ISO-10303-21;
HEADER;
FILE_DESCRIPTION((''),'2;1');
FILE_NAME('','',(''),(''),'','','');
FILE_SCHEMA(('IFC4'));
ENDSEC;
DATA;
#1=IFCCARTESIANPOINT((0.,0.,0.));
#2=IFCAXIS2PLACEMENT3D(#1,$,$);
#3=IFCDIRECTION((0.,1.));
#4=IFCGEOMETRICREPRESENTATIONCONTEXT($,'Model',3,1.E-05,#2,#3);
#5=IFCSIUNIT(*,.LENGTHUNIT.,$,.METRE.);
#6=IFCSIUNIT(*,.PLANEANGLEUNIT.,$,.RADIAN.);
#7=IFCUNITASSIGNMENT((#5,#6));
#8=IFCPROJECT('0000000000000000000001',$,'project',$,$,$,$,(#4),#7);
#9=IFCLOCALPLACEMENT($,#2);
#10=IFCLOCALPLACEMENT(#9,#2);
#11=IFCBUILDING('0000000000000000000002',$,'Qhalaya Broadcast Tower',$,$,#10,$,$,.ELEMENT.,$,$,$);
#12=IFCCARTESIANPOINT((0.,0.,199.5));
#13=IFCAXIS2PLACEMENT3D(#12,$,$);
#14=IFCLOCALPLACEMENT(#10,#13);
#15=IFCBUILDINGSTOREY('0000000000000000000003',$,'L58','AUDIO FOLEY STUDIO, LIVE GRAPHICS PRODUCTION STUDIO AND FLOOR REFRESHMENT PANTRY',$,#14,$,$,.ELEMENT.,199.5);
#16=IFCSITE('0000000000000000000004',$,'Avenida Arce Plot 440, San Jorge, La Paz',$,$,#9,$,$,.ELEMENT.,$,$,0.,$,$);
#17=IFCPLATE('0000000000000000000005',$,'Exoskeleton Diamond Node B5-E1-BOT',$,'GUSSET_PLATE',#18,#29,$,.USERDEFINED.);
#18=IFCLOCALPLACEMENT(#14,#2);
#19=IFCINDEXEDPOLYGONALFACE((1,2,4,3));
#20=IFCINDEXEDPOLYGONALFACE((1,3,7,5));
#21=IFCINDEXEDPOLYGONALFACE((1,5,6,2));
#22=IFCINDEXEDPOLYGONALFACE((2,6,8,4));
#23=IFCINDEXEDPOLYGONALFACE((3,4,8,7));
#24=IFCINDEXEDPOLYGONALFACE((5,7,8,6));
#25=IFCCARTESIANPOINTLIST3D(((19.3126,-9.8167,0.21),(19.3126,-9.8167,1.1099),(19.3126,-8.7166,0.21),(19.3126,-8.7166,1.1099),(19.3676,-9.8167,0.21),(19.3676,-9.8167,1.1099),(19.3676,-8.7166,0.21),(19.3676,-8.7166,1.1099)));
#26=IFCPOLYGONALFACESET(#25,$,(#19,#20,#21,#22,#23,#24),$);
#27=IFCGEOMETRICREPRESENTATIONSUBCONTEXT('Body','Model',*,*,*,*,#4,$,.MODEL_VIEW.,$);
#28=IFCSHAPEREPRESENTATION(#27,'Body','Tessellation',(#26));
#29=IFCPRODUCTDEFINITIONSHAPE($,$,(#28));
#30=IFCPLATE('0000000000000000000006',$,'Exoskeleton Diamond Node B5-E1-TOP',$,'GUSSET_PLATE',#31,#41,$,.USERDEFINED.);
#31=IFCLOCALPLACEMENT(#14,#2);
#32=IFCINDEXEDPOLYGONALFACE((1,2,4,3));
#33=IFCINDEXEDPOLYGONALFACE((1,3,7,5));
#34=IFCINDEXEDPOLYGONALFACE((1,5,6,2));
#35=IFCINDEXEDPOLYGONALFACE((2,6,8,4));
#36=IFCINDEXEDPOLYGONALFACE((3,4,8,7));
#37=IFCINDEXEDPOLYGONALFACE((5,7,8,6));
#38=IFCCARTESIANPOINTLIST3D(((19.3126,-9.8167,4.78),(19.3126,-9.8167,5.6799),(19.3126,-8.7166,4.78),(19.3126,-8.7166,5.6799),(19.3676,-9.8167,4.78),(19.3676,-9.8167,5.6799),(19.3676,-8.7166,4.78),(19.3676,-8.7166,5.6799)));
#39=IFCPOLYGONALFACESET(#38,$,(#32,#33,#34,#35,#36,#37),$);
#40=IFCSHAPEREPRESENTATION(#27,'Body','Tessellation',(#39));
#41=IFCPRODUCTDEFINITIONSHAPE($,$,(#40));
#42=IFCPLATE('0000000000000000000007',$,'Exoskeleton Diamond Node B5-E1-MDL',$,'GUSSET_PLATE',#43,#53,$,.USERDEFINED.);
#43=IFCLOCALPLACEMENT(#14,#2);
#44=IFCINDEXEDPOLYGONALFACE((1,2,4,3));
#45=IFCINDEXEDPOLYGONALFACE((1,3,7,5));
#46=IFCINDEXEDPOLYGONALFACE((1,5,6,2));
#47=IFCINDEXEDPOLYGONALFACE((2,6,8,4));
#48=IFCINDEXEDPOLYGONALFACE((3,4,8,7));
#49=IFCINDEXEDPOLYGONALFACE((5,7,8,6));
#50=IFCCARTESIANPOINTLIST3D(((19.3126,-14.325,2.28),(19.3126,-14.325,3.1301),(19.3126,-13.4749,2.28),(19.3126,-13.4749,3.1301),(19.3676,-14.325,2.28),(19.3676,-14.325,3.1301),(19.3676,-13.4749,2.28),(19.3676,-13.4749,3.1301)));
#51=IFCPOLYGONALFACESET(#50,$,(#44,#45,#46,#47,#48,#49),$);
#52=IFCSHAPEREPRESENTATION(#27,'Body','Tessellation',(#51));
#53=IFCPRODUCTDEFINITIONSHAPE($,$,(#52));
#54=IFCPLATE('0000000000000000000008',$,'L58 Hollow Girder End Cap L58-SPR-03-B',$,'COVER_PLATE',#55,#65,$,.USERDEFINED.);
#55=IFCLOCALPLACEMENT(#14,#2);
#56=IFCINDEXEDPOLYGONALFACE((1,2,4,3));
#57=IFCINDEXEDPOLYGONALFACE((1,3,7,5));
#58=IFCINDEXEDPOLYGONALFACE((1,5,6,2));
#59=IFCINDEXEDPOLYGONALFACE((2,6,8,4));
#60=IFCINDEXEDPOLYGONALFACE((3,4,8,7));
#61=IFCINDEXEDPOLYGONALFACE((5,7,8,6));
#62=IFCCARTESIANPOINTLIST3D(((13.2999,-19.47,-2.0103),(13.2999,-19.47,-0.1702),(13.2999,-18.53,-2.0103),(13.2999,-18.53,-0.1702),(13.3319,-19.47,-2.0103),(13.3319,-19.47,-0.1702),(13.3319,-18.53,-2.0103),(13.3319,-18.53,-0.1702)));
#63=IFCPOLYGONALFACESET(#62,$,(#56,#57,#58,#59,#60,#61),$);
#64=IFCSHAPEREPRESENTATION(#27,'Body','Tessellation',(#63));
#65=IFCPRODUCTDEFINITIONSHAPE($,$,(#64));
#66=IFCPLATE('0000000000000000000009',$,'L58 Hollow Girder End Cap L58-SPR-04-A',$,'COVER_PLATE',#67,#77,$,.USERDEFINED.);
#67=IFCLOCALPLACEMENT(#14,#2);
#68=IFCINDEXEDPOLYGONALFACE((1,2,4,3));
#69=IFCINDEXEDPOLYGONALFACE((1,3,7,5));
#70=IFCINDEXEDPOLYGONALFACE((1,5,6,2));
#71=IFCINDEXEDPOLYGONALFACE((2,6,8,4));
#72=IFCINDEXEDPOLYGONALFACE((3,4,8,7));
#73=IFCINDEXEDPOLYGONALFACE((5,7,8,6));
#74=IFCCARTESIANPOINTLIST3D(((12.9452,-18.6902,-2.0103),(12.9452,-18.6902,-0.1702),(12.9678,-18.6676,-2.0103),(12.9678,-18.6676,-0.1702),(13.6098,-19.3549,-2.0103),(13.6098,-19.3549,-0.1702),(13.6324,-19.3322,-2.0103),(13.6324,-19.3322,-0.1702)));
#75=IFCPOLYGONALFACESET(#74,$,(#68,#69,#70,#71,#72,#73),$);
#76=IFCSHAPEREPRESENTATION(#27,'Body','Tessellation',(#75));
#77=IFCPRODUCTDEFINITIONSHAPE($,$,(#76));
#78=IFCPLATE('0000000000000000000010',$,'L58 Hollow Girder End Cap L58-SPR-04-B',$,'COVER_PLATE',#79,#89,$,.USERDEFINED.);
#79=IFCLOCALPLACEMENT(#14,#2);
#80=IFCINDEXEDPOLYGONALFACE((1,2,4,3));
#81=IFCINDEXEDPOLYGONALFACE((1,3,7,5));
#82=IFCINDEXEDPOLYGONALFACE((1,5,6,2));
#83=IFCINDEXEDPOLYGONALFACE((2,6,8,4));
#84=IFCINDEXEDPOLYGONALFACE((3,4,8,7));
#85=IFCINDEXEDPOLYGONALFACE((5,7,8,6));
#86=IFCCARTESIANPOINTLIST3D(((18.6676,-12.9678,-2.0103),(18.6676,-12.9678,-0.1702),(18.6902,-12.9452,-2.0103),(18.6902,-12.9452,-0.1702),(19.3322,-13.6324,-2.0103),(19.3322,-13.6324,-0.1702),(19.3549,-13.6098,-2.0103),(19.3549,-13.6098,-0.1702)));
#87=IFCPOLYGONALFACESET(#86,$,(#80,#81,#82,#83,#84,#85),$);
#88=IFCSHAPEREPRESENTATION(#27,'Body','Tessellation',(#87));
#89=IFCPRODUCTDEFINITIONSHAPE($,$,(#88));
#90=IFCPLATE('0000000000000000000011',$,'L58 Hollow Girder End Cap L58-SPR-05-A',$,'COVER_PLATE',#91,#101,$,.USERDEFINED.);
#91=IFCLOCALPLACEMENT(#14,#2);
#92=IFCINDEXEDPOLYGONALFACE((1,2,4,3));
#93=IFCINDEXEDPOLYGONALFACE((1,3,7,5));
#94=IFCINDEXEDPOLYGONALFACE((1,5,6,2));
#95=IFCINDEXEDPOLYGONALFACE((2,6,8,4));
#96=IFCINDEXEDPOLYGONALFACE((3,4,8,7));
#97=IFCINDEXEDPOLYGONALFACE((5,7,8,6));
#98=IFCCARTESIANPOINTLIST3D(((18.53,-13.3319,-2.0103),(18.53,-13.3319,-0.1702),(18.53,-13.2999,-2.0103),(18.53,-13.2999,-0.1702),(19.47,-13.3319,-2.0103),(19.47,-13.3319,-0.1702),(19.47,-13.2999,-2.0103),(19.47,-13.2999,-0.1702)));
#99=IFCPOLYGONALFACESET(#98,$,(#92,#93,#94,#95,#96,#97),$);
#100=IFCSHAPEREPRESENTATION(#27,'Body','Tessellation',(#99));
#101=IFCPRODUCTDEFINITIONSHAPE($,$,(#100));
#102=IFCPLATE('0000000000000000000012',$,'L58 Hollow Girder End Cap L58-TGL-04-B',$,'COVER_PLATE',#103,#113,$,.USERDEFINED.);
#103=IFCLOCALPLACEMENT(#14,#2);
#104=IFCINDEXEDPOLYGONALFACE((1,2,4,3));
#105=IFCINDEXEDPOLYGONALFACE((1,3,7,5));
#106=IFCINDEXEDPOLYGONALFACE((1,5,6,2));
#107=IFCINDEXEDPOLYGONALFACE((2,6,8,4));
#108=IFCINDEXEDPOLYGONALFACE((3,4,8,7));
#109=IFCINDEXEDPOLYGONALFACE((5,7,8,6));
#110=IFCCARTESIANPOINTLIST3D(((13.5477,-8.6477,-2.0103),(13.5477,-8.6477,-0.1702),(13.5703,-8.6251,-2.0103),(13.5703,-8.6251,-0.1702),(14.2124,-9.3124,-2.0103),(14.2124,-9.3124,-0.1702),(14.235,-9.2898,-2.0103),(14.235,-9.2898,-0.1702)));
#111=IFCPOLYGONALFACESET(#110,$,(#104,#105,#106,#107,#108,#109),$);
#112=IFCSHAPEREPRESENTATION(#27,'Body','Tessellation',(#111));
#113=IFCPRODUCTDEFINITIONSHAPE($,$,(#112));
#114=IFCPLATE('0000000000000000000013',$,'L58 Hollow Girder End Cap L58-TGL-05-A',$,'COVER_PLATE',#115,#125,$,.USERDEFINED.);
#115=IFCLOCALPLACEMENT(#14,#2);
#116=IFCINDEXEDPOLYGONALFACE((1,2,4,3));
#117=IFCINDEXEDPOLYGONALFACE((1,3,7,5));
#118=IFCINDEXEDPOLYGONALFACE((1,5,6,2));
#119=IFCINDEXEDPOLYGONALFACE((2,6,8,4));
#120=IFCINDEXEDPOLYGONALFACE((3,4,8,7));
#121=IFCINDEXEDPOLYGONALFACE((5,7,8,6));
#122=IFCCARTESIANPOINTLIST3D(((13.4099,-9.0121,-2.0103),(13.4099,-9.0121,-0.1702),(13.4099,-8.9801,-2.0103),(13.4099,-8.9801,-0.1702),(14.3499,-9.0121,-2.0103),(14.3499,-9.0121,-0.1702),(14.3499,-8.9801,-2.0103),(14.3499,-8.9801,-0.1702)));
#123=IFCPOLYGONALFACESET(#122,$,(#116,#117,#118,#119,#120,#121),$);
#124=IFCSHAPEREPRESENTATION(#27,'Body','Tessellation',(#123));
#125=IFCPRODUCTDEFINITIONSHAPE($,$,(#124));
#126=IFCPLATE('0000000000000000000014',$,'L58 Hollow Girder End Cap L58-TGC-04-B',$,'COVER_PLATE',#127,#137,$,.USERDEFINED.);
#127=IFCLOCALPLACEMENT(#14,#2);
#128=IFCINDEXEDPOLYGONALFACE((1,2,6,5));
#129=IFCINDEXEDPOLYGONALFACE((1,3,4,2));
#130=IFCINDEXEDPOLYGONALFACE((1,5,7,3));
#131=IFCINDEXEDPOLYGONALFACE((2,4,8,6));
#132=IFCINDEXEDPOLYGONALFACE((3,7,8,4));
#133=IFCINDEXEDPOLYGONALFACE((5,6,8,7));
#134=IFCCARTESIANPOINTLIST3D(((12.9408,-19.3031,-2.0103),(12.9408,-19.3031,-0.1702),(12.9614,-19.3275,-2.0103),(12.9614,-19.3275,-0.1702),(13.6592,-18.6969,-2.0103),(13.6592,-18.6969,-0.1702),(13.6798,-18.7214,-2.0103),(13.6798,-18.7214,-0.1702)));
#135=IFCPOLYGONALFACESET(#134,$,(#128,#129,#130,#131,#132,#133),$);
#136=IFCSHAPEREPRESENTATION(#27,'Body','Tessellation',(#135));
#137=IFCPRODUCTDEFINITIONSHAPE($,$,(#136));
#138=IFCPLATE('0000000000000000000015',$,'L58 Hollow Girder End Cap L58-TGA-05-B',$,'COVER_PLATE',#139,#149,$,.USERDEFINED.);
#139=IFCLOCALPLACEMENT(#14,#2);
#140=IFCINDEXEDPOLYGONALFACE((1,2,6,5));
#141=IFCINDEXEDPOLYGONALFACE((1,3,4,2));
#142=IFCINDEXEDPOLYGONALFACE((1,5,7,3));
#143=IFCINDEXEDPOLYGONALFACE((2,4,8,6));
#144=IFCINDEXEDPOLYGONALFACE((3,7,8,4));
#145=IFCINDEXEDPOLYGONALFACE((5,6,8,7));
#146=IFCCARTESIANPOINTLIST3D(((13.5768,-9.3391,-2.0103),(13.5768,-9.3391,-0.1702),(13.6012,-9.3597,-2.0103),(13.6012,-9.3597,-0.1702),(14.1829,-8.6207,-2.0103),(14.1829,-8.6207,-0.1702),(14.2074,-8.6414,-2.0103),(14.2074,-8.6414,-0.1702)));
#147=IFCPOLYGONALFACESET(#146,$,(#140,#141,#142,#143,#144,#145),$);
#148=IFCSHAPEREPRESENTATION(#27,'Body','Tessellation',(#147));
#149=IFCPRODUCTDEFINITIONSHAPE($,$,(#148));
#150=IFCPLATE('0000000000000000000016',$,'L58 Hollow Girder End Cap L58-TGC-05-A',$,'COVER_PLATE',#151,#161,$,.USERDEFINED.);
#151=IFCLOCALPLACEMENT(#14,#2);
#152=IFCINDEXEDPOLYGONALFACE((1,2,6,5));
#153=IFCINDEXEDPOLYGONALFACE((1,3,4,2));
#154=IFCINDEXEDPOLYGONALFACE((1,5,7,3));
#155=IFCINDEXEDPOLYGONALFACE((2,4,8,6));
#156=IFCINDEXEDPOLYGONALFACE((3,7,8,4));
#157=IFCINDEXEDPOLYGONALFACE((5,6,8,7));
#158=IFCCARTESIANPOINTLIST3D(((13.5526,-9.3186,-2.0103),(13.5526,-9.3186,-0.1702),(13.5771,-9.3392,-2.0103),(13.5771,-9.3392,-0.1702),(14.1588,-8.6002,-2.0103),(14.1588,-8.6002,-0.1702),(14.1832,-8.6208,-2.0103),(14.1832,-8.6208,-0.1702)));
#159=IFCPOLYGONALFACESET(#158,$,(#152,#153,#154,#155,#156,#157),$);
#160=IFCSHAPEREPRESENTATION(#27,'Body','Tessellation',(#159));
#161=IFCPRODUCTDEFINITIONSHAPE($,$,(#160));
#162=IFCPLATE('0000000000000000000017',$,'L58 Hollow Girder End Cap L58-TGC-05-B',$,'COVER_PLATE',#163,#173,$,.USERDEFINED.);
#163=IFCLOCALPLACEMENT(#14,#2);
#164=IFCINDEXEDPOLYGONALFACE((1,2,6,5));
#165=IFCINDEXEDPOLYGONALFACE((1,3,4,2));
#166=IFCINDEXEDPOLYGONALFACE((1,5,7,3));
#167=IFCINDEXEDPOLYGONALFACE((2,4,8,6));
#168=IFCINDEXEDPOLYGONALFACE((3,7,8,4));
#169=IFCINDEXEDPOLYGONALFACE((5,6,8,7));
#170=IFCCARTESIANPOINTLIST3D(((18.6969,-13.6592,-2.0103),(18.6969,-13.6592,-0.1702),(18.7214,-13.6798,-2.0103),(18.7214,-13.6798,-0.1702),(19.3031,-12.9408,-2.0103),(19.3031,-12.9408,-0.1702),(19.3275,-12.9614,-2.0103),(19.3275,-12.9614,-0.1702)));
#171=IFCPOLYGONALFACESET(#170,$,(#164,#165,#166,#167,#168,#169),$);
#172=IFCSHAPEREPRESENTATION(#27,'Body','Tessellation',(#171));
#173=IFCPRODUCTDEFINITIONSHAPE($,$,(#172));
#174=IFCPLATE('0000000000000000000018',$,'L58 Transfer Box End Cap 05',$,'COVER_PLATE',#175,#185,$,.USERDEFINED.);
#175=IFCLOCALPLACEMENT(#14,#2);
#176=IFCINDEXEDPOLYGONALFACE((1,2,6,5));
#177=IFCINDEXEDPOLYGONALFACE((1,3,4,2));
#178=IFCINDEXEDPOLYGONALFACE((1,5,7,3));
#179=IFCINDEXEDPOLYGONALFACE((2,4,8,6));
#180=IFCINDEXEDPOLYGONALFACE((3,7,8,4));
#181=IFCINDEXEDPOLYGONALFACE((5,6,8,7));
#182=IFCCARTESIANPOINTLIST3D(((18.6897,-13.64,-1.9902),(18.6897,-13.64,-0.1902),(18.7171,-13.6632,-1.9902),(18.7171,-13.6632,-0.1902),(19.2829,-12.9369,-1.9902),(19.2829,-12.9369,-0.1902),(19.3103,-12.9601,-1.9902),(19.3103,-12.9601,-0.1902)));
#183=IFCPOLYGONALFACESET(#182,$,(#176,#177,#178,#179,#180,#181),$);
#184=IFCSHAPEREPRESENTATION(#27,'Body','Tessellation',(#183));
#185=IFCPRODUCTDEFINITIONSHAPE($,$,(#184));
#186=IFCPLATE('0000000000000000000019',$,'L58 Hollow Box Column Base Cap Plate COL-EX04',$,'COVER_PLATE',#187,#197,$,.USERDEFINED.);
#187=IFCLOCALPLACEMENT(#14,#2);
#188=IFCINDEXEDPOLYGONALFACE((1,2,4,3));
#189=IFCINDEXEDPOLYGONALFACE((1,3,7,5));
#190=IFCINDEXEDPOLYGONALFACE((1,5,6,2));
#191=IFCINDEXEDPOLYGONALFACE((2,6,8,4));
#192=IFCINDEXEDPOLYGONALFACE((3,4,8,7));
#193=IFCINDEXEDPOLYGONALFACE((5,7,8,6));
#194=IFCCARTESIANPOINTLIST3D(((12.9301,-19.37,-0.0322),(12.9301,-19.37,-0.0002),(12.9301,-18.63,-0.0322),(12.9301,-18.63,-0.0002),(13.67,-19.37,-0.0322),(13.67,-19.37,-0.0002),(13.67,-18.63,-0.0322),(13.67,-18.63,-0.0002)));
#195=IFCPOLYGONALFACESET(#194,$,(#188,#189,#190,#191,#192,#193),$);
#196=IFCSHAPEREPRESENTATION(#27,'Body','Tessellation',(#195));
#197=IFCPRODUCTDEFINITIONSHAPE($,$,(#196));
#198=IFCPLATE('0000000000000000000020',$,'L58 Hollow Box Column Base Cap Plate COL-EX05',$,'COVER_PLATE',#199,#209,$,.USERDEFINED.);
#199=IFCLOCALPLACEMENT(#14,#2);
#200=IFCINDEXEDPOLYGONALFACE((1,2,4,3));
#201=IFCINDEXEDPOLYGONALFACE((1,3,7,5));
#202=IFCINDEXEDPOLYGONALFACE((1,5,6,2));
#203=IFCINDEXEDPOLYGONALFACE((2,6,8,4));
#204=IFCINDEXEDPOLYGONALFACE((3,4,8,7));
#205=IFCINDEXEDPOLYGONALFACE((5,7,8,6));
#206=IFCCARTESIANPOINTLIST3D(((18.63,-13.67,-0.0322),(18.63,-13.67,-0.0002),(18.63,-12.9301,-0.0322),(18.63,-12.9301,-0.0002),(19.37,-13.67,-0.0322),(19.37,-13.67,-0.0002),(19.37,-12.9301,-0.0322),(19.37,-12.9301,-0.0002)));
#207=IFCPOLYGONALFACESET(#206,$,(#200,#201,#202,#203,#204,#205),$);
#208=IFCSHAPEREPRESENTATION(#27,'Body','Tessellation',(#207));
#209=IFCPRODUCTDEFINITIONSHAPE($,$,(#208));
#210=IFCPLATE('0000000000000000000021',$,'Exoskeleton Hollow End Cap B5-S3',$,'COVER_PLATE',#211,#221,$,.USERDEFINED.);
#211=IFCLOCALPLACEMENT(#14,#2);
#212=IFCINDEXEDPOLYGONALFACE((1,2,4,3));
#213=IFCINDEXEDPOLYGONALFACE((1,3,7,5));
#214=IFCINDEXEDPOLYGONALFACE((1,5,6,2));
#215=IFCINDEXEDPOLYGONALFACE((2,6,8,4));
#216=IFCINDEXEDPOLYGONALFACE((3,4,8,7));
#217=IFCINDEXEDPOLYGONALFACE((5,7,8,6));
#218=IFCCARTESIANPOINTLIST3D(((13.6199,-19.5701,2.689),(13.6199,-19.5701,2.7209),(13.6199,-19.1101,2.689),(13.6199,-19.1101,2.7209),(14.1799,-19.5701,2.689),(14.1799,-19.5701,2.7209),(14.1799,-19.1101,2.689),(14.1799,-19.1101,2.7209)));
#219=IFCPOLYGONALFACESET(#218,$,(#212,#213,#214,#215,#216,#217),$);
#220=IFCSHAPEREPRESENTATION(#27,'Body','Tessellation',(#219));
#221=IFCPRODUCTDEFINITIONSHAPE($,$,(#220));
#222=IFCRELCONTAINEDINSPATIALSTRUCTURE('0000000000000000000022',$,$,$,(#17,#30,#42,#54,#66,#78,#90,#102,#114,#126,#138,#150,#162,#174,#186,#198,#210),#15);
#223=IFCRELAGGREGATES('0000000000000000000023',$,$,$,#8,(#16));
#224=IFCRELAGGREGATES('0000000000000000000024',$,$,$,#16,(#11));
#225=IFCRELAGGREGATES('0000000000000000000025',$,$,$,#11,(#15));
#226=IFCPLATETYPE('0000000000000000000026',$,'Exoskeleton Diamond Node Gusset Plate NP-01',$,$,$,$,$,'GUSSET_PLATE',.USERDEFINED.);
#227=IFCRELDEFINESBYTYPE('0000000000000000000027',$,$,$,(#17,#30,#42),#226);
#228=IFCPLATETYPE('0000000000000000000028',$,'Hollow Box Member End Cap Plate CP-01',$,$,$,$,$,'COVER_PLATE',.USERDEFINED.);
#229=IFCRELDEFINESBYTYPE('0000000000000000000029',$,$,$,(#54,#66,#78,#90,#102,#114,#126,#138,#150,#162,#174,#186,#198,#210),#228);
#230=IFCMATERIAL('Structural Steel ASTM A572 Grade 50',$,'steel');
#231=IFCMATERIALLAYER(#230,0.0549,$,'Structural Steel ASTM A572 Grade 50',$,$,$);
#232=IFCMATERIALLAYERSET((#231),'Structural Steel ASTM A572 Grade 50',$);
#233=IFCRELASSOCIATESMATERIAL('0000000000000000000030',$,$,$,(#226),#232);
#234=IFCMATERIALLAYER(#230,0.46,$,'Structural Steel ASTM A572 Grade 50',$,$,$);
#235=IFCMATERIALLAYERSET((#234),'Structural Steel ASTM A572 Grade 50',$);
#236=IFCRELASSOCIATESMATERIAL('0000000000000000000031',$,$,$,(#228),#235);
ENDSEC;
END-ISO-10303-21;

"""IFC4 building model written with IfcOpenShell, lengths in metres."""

from ifc_helpers import new_model, si_unit, direction, frame, origin, origin_2d, place, context, subcontext, project, spatial, rectangle, extrude, material, layer, layer_set, type_object, element, save


model = new_model("IFC4")

# Units and contexts
model_context = context("Model", 3, precision=1e-05, world=origin(), true_north=direction((0.0, 1.0)))
body_context = subcontext(model_context, "Body", "Model", "MODEL_VIEW")
ifc_project = project(units=[si_unit("LENGTHUNIT", "METRE"), si_unit("PLANEANGLEUNIT", "RADIAN")], contexts=[model_context])

# Site, building, storey
site_placement = place(None, origin())
site = spatial("IfcSite", under=ifc_project, at=site_placement, Name="Avenida Arce Plot 440, San Jorge, La Paz", CompositionType="ELEMENT", RefElevation=0.0)
building_placement = place(site_placement, origin())
building = spatial("IfcBuilding", under=site, at=building_placement, Name="Qhalaya Broadcast Tower", CompositionType="ELEMENT")
storey_placement = place(building_placement, frame((0.0, 0.0, 199.5)))
storey = spatial("IfcBuildingStorey", under=building, at=storey_placement, Name="L58", Description="AUDIO FOLEY STUDIO, LIVE GRAPHICS PRODUCTION STUDIO AND FLOOR REFRESHMENT PANTRY", CompositionType="ELEMENT", Elevation=199.5)

# Shared definitions
ifc_material_1 = material(Name="Structural Steel ASTM A572 Grade 50", Category="steel")

# Plates
ifc_layer_1 = layer(ifc_material_1, 0.0549, Name="Structural Steel ASTM A572 Grade 50")
ifc_layer_set_1 = layer_set([ifc_layer_1], Name="Structural Steel ASTM A572 Grade 50")
plate_type_1 = type_object("IfcPlateType", Name="Exoskeleton Diamond Node Gusset Plate NP-01", ElementType="GUSSET_PLATE", PredefinedType="USERDEFINED", material=ifc_layer_set_1)
for number, where, z_axis, x_axis, name in (
    (1, (19.3401, -9.2666, 0.21), (0.0, 0.0, 1.0), (0.0, 1.0, 0.0), "Exoskeleton Diamond Node B5-E1-BOT"),
    (2, (19.3401, -9.2666, 4.78), (0.0, 0.0, 1.0), (0.0, 1.0, 0.0), "Exoskeleton Diamond Node B5-E1-TOP"),
):
    element("IfcPlate", number, at=place(storey_placement, frame(where, z_axis=z_axis, x_axis=x_axis)), inside=storey, type_object=plate_type_1, Name=name, ObjectType="GUSSET_PLATE", PredefinedType="USERDEFINED", context=body_context, shape_type="SweptSolid", body=[
        extrude(rectangle(XDim=1.1001, YDim=0.0549, at=origin_2d()), origin(), (0.0, 0.0, 1.0), 0.8999),
    ])
plate_1_placement = place(storey_placement, frame((19.3401, -13.8999, 2.28), z_axis=(0.0, 0.0, 1.0), x_axis=(0.0, 1.0, 0.0)))
element("IfcPlate", 3, at=plate_1_placement, inside=storey, type_object=plate_type_1, Name="Exoskeleton Diamond Node B5-E1-MDL", ObjectType="GUSSET_PLATE", PredefinedType="USERDEFINED", context=body_context, shape_type="SweptSolid", body=[
    extrude(rectangle(XDim=0.8501, YDim=0.0549, at=origin_2d()), origin(), (0.0, 0.0, 1.0), 0.8501),
])
ifc_layer_2 = layer(ifc_material_1, 0.46, Name="Structural Steel ASTM A572 Grade 50")
ifc_layer_set_2 = layer_set([ifc_layer_2], Name="Structural Steel ASTM A572 Grade 50")
plate_type_2 = type_object("IfcPlateType", Name="Hollow Box Member End Cap Plate CP-01", ElementType="COVER_PLATE", PredefinedType="USERDEFINED", material=ifc_layer_set_2)
for number, where, z_axis, x_axis, name in (
    (4, (13.3159, -19.0, -2.0103), (0.0, 0.0, 1.0), (0.0, 1.0, 0.0), "L58 Hollow Girder End Cap L58-SPR-03-B"),
    (5, (13.2888, -19.0112, -2.0103), (0.0, 0.0, 1.0), (-0.707107, 0.707107, 0.0), "L58 Hollow Girder End Cap L58-SPR-04-A"),
    (6, (19.0112, -13.2888, -2.0103), (0.0, 0.0, 1.0), (-0.707107, 0.707107, 0.0), "L58 Hollow Girder End Cap L58-SPR-04-B"),
    (7, (19.0, -13.3159, -2.0103), (0.0, 0.0, 1.0), (-1.0, 0.0, 0.0), "L58 Hollow Girder End Cap L58-SPR-05-A"),
    (8, (13.8914, -8.9688, -2.0103), (0.0, 0.0, 1.0), (-0.707107, 0.707107, 0.0), "L58 Hollow Girder End Cap L58-TGL-04-B"),
    (9, (13.8799, -8.9961, -2.0103), (0.0, 0.0, 1.0), (-1.0, 0.0, 0.0), "L58 Hollow Girder End Cap L58-TGL-05-A"),
    (10, (13.3103, -19.0122, -2.0103), (0.0, 0.0, 1.0), (0.764291, 0.644871, 0.0), "L58 Hollow Girder End Cap L58-TGC-04-B"),
    (11, (13.8921, -8.9902, -2.0103), (0.0, 0.0, 1.0), (0.644871, 0.764291, 0.0), "L58 Hollow Girder End Cap L58-TGA-05-B"),
    (12, (13.8679, -8.9697, -2.0103), (0.0, 0.0, 1.0), (0.644871, 0.764291, 0.0), "L58 Hollow Girder End Cap L58-TGC-05-A"),
    (13, (19.0122, -13.3103, -2.0103), (0.0, 0.0, 1.0), (0.644871, 0.764291, 0.0), "L58 Hollow Girder End Cap L58-TGC-05-B"),
):
    element("IfcPlate", number, at=place(storey_placement, frame(where, z_axis=z_axis, x_axis=x_axis)), inside=storey, type_object=plate_type_2, Name=name, ObjectType="COVER_PLATE", PredefinedType="USERDEFINED", context=body_context, shape_type="SweptSolid", body=[
        extrude(rectangle(XDim=0.9399, YDim=0.032, at=origin_2d()), origin(), (0.0, 0.0, 1.0), 1.8401),
    ])
plate_2_placement = place(storey_placement, frame((19.0, -13.3, -1.9902), z_axis=(0.0, 0.0, 1.0), x_axis=(0.644871, 0.764291, 0.0)))
element("IfcPlate", 14, at=plate_2_placement, inside=storey, type_object=plate_type_2, Name="L58 Transfer Box End Cap 05", ObjectType="COVER_PLATE", PredefinedType="USERDEFINED", context=body_context, shape_type="SweptSolid", body=[
    extrude(rectangle(XDim=0.9199, YDim=0.0359, at=origin_2d()), origin(), (0.0, 0.0, 1.0), 1.8),
])
for number, where, z_axis, x_axis, name in (
    (15, (13.3, -19.0, -0.0322), (0.0, 0.0, 1.0), (1.0, 0.0, 0.0), "L58 Hollow Box Column Base Cap Plate COL-EX04"),
    (16, (19.0, -13.3, -0.0322), (0.0, 0.0, 1.0), (0.0, 1.0, 0.0), "L58 Hollow Box Column Base Cap Plate COL-EX05"),
):
    element("IfcPlate", number, at=place(storey_placement, frame(where, z_axis=z_axis, x_axis=x_axis)), inside=storey, type_object=plate_type_2, Name=name, ObjectType="COVER_PLATE", PredefinedType="USERDEFINED", context=body_context, shape_type="SweptSolid", body=[
        extrude(rectangle(XDim=0.74, YDim=0.74, at=origin_2d()), origin(), (0.0, 0.0, 1.0), 0.032),
    ])
plate_3_placement = place(storey_placement, frame((13.8999, -19.3401, 2.689), z_axis=(0.0, 0.0, 1.0), x_axis=(1.0, 0.0, 0.0)))
element("IfcPlate", 17, at=plate_3_placement, inside=storey, type_object=plate_type_2, Name="Exoskeleton Hollow End Cap B5-S3", ObjectType="COVER_PLATE", PredefinedType="USERDEFINED", context=body_context, shape_type="SweptSolid", body=[
    extrude(rectangle(XDim=0.5601, YDim=0.46, at=origin_2d()), origin(), (0.0, 0.0, 1.0), 0.032),
])

save(model, "model.ifc")
